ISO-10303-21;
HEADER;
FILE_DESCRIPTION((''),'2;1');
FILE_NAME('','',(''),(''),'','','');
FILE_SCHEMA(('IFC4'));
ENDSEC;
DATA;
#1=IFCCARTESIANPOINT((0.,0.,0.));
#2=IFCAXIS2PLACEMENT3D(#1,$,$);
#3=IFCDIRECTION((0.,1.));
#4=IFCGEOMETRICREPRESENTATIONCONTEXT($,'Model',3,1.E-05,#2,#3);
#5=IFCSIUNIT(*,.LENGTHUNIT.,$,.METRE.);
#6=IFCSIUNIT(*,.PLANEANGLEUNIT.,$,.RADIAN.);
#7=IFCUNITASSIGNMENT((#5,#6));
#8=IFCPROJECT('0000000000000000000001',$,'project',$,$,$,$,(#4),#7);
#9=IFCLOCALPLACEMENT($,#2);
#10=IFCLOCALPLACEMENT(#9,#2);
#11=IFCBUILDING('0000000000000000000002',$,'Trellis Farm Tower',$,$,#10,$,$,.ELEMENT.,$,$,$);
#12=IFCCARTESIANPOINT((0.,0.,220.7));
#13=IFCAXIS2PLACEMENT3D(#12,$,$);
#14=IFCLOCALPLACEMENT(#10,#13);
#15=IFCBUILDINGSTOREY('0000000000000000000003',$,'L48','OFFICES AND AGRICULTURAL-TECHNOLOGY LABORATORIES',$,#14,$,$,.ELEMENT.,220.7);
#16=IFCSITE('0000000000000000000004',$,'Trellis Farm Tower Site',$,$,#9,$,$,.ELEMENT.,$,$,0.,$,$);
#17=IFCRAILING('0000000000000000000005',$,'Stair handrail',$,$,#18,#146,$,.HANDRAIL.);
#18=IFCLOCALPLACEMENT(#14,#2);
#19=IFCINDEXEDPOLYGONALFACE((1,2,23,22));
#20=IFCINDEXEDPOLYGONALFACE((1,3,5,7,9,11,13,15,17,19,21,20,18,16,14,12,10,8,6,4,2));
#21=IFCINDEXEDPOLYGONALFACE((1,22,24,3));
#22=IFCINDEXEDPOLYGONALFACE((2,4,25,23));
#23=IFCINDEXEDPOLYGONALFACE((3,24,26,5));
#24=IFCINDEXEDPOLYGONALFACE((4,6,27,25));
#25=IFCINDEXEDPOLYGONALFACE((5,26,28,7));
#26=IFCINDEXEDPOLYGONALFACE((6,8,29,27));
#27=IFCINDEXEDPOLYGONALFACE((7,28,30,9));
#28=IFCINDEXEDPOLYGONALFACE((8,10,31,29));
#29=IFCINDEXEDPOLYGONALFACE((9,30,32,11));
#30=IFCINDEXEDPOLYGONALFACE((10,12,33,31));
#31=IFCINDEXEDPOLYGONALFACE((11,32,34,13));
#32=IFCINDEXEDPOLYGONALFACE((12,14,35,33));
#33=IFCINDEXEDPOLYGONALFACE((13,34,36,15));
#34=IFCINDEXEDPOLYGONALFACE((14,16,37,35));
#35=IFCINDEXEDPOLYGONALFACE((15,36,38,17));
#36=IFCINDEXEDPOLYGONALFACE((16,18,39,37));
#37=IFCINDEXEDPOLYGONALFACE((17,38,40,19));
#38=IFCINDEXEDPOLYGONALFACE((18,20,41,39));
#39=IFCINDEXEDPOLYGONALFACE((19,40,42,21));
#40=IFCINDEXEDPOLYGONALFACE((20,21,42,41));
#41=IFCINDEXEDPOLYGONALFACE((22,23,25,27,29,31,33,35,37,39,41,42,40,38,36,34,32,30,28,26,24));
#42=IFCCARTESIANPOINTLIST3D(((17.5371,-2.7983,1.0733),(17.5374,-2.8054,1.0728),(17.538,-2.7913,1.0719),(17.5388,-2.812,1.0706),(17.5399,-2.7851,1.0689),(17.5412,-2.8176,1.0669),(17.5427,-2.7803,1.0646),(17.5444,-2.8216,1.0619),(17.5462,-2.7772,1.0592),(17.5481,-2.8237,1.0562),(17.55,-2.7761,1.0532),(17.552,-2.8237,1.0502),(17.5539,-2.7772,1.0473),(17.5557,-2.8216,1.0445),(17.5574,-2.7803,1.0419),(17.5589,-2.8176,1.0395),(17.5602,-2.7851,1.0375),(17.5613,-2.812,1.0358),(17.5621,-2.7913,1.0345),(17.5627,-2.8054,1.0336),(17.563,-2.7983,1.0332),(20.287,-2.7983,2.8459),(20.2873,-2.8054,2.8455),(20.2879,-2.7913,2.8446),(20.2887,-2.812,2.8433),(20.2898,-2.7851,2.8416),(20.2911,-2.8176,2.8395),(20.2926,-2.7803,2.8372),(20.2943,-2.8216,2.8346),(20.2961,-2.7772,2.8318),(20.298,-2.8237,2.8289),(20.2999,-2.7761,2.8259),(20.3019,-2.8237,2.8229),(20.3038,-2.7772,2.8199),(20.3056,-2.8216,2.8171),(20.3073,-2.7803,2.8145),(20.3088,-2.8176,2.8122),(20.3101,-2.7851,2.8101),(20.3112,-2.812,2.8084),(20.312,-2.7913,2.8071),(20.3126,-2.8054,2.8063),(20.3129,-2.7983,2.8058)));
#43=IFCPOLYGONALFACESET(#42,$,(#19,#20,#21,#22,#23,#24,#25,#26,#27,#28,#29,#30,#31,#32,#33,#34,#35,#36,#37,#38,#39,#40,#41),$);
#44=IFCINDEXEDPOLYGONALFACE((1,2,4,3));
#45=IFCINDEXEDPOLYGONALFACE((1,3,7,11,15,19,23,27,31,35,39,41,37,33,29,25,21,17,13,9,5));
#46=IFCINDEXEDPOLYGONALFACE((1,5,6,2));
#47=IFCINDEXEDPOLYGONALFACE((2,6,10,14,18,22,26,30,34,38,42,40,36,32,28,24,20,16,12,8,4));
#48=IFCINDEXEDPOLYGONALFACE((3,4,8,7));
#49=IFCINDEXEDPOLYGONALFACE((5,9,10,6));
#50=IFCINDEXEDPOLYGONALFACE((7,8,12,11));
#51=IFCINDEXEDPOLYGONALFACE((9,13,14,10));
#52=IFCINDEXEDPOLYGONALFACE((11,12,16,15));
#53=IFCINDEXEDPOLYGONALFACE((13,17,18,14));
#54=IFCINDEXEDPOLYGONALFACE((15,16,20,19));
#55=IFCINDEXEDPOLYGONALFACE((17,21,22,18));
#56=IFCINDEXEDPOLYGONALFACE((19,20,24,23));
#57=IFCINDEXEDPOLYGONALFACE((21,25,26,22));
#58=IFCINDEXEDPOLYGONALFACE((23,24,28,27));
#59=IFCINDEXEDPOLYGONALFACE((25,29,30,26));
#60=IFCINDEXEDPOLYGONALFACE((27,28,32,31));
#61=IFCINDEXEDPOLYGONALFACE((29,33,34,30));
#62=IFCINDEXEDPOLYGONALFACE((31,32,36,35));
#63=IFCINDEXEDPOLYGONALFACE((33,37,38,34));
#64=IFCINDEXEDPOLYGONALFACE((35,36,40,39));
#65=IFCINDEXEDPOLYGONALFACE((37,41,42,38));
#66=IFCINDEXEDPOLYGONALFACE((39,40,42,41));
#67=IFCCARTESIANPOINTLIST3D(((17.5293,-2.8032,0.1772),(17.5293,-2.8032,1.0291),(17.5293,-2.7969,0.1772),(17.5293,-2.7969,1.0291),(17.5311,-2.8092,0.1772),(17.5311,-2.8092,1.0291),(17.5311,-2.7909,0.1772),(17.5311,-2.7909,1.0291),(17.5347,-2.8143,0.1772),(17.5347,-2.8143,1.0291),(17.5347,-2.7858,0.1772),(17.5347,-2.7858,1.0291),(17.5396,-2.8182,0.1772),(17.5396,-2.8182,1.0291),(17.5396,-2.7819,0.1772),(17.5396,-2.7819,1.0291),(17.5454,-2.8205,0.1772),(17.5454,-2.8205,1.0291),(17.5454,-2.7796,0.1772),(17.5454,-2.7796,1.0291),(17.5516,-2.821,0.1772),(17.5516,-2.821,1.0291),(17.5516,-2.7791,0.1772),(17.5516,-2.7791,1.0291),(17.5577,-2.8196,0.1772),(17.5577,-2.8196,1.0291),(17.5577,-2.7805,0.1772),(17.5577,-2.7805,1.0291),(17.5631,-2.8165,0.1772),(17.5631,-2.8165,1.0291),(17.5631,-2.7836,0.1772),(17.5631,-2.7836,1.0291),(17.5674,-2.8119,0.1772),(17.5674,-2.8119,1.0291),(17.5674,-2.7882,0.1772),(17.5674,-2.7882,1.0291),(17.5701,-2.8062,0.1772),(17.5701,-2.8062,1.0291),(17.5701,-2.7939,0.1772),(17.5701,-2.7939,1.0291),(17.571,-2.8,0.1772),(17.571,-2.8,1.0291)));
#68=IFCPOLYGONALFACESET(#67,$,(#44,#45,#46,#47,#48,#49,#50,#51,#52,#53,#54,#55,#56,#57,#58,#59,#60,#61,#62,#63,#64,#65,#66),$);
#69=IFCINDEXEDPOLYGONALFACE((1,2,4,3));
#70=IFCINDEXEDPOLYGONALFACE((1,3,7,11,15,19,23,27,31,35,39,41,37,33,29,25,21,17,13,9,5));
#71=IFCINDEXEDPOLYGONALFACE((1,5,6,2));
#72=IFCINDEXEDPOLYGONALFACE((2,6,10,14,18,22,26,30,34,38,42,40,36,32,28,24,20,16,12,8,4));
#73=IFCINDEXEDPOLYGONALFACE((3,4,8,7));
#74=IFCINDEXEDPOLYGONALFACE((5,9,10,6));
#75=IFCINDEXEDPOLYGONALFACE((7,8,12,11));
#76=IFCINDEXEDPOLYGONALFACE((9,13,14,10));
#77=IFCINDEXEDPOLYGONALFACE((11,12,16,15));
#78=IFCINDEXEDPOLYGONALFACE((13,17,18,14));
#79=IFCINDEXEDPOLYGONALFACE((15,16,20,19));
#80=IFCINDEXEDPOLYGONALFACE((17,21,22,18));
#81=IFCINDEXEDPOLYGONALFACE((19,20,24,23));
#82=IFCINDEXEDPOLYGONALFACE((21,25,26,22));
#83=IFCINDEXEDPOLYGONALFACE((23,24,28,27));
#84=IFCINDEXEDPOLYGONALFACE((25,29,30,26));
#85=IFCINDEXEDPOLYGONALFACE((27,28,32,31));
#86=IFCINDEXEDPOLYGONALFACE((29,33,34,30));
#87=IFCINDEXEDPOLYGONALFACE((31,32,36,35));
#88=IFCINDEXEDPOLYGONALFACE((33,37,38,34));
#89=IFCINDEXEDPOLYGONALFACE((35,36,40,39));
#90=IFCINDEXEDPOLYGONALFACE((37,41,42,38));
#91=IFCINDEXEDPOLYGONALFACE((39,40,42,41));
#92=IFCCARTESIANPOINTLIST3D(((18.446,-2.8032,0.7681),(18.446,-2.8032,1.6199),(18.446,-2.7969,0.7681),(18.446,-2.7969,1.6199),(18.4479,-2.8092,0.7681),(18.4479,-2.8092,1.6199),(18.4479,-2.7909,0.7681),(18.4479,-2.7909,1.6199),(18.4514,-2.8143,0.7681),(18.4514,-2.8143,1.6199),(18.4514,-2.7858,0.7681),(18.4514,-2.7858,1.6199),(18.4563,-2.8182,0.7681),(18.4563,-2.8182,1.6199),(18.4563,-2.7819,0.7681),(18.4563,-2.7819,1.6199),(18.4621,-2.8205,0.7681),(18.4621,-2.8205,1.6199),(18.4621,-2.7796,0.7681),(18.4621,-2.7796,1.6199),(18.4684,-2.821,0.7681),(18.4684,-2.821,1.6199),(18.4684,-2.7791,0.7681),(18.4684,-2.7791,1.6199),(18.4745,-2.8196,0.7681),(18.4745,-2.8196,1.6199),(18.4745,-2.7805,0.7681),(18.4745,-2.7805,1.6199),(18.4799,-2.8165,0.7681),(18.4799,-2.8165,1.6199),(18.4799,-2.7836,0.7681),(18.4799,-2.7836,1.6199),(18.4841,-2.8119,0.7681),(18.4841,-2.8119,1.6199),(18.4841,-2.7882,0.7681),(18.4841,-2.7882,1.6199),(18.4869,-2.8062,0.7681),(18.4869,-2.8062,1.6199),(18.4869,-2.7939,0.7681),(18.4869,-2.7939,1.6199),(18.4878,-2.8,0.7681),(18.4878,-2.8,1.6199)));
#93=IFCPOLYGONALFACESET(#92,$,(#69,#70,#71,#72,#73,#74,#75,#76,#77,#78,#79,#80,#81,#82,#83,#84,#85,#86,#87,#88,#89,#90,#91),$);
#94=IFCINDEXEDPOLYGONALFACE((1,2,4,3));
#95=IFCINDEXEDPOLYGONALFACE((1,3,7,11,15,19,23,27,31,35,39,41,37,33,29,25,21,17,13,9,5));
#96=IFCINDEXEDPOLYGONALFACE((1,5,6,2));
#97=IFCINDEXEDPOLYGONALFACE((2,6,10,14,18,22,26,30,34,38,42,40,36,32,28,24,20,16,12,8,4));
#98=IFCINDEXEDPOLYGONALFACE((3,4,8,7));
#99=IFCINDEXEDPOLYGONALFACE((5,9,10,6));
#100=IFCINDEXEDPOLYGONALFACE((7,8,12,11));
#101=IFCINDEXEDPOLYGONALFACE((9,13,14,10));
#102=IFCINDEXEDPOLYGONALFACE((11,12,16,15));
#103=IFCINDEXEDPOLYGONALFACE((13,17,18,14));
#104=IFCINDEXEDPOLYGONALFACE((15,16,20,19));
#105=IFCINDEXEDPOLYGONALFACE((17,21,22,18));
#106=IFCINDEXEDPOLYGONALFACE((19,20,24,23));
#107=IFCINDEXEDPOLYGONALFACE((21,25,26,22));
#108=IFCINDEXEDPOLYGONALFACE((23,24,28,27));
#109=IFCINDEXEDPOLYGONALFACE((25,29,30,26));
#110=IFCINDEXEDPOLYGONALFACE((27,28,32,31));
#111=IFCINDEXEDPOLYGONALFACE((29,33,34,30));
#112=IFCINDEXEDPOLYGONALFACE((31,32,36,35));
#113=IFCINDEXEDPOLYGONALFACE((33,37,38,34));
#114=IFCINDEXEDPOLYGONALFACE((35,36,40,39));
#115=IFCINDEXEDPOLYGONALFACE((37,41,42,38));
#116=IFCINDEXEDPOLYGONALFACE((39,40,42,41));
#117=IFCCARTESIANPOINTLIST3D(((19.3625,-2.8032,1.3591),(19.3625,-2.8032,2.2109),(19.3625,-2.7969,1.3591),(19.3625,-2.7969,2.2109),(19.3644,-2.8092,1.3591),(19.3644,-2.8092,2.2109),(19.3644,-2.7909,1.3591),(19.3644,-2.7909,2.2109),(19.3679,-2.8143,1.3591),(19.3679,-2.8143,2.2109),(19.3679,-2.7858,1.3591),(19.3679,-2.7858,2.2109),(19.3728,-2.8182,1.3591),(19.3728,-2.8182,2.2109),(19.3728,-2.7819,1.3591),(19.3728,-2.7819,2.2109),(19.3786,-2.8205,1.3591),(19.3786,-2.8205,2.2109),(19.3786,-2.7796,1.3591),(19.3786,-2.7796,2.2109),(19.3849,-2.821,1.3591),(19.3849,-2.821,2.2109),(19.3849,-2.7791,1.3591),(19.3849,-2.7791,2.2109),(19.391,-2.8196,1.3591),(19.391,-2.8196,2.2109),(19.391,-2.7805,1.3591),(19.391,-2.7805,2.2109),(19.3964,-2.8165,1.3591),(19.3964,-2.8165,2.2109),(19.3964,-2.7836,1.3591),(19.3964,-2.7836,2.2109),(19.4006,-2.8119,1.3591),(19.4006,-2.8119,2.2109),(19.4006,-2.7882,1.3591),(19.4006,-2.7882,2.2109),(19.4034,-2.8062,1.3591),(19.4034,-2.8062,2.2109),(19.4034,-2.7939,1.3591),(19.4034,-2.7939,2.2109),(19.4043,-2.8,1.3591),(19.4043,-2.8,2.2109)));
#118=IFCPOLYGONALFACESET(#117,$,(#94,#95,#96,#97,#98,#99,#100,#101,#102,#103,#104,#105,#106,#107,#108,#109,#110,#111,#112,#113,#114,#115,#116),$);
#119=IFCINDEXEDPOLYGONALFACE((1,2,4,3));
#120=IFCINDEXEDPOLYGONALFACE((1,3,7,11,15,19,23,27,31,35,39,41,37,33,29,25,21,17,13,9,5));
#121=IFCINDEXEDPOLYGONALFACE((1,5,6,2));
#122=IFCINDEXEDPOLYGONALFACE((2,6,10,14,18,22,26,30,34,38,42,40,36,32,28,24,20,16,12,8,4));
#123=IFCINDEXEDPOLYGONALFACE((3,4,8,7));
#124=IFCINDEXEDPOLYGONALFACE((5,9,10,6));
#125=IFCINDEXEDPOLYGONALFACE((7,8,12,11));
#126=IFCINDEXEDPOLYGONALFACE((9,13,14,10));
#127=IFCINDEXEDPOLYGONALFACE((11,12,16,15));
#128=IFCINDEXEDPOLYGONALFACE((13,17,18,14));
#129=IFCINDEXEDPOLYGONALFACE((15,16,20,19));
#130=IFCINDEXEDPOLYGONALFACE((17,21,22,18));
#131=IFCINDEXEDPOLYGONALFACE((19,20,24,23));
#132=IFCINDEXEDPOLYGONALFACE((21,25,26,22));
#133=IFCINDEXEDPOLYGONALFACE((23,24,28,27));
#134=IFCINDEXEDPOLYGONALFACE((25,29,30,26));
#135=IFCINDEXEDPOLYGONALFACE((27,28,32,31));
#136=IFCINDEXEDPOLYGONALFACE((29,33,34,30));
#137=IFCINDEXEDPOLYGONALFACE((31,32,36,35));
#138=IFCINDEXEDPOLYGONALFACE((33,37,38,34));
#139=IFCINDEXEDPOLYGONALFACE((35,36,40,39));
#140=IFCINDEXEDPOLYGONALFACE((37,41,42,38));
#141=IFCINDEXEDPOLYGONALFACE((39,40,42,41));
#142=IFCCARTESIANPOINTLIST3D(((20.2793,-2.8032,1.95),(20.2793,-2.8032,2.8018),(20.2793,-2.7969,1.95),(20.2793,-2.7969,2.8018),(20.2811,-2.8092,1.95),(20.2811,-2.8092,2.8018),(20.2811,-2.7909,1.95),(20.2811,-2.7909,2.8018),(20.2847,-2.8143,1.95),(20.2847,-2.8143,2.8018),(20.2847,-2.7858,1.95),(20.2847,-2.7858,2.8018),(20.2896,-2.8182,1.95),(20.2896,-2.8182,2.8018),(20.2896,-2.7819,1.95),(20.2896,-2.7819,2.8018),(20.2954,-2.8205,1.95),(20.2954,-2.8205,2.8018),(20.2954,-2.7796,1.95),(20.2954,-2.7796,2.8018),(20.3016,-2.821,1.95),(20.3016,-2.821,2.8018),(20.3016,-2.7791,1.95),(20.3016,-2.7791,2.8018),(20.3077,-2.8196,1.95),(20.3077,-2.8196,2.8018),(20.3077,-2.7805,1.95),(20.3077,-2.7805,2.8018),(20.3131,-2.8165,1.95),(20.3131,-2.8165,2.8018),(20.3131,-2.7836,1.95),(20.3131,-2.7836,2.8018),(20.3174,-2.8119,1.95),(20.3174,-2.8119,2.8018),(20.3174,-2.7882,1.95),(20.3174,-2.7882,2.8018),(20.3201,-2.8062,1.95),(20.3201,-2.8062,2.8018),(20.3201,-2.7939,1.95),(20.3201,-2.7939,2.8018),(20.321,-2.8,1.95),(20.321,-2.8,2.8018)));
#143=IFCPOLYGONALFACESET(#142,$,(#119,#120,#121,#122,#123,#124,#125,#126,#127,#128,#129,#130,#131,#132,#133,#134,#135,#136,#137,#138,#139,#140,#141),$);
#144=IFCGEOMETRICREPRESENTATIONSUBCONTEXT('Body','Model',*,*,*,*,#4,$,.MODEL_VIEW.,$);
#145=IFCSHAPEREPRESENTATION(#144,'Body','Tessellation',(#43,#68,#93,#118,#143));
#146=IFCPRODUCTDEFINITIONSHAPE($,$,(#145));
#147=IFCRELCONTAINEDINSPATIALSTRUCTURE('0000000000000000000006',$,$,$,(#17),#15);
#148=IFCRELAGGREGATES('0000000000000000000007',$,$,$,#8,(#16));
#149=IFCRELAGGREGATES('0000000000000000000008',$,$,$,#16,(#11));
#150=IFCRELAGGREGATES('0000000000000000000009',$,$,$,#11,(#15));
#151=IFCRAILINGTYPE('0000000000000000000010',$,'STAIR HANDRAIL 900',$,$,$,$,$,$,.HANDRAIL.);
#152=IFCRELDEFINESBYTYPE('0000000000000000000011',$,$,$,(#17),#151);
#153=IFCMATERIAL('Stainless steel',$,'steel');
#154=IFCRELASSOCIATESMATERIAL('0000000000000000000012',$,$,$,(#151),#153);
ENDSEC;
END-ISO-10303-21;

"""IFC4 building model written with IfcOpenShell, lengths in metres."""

from ifc_helpers import new_model, si_unit, direction, frame, origin, origin_2d, place, context, subcontext, project, spatial, circle, extrude, source, transform, mapped, material, type_object, element, save


model = new_model("IFC4")

# Units and contexts
model_context = context("Model", 3, precision=1e-05, world=origin(), true_north=direction((0.0, 1.0)))
body_context = subcontext(model_context, "Body", "Model", "MODEL_VIEW")
ifc_project = project(units=[si_unit("LENGTHUNIT", "METRE"), si_unit("PLANEANGLEUNIT", "RADIAN")], contexts=[model_context])

# Site, building, storey
site_placement = place(None, origin())
site = spatial("IfcSite", under=ifc_project, at=site_placement, Name="Trellis Farm Tower Site", CompositionType="ELEMENT", RefElevation=0.0)
building_placement = place(site_placement, origin())
building = spatial("IfcBuilding", under=site, at=building_placement, Name="Trellis Farm Tower", CompositionType="ELEMENT")
storey_placement = place(building_placement, frame((0.0, 0.0, 220.7)))
storey = spatial("IfcBuildingStorey", under=building, at=storey_placement, Name="L48", Description="OFFICES AND AGRICULTURAL-TECHNOLOGY LABORATORIES", CompositionType="ELEMENT", Elevation=220.7)

# Railing
ifc_material_1 = material(Name="Stainless steel", Category="steel")
railing_type = type_object("IfcRailingType", Name="STAIR HANDRAIL 900", PredefinedType="HANDRAIL", material=ifc_material_1)
shared_shape_1 = source(origin(), body_context, "Body", "SweptSolid", [
    extrude(circle(Radius=0.0239, at=origin_2d()), frame((0.0, 0.0, 0.876), z_axis=(0.840504, 0.0, 0.541806), x_axis=(0.0, 1.0, 0.0)), (0.0, 0.0, 1.0), 3.2717),
    extrude(circle(Radius=0.021, at=origin_2d()), origin(), (0.0, 0.0, 1.0), 0.8518),
    extrude(circle(Radius=0.021, at=origin_2d()), frame((0.9167, 0.0, 0.5908)), (0.0, 0.0, 1.0), 0.8518),
    extrude(circle(Radius=0.021, at=origin_2d()), frame((1.8333, 0.0, 1.1819)), (0.0, 0.0, 1.0), 0.8518),
    extrude(circle(Radius=0.021, at=origin_2d()), frame((2.75, 0.0, 1.7727)), (0.0, 0.0, 1.0), 0.8518),
])
railing_placement = place(storey_placement, frame((17.55, -2.8, 0.1772)))
element("IfcRailing", 1, at=railing_placement, inside=storey, type_object=railing_type, Name="Stair handrail", PredefinedType="HANDRAIL", context=body_context, shape_type="MappedRepresentation", body=[
    mapped(shared_shape_1, transform((0.0, 0.0, 0.0))),
])

save(model, "model.ifc")
